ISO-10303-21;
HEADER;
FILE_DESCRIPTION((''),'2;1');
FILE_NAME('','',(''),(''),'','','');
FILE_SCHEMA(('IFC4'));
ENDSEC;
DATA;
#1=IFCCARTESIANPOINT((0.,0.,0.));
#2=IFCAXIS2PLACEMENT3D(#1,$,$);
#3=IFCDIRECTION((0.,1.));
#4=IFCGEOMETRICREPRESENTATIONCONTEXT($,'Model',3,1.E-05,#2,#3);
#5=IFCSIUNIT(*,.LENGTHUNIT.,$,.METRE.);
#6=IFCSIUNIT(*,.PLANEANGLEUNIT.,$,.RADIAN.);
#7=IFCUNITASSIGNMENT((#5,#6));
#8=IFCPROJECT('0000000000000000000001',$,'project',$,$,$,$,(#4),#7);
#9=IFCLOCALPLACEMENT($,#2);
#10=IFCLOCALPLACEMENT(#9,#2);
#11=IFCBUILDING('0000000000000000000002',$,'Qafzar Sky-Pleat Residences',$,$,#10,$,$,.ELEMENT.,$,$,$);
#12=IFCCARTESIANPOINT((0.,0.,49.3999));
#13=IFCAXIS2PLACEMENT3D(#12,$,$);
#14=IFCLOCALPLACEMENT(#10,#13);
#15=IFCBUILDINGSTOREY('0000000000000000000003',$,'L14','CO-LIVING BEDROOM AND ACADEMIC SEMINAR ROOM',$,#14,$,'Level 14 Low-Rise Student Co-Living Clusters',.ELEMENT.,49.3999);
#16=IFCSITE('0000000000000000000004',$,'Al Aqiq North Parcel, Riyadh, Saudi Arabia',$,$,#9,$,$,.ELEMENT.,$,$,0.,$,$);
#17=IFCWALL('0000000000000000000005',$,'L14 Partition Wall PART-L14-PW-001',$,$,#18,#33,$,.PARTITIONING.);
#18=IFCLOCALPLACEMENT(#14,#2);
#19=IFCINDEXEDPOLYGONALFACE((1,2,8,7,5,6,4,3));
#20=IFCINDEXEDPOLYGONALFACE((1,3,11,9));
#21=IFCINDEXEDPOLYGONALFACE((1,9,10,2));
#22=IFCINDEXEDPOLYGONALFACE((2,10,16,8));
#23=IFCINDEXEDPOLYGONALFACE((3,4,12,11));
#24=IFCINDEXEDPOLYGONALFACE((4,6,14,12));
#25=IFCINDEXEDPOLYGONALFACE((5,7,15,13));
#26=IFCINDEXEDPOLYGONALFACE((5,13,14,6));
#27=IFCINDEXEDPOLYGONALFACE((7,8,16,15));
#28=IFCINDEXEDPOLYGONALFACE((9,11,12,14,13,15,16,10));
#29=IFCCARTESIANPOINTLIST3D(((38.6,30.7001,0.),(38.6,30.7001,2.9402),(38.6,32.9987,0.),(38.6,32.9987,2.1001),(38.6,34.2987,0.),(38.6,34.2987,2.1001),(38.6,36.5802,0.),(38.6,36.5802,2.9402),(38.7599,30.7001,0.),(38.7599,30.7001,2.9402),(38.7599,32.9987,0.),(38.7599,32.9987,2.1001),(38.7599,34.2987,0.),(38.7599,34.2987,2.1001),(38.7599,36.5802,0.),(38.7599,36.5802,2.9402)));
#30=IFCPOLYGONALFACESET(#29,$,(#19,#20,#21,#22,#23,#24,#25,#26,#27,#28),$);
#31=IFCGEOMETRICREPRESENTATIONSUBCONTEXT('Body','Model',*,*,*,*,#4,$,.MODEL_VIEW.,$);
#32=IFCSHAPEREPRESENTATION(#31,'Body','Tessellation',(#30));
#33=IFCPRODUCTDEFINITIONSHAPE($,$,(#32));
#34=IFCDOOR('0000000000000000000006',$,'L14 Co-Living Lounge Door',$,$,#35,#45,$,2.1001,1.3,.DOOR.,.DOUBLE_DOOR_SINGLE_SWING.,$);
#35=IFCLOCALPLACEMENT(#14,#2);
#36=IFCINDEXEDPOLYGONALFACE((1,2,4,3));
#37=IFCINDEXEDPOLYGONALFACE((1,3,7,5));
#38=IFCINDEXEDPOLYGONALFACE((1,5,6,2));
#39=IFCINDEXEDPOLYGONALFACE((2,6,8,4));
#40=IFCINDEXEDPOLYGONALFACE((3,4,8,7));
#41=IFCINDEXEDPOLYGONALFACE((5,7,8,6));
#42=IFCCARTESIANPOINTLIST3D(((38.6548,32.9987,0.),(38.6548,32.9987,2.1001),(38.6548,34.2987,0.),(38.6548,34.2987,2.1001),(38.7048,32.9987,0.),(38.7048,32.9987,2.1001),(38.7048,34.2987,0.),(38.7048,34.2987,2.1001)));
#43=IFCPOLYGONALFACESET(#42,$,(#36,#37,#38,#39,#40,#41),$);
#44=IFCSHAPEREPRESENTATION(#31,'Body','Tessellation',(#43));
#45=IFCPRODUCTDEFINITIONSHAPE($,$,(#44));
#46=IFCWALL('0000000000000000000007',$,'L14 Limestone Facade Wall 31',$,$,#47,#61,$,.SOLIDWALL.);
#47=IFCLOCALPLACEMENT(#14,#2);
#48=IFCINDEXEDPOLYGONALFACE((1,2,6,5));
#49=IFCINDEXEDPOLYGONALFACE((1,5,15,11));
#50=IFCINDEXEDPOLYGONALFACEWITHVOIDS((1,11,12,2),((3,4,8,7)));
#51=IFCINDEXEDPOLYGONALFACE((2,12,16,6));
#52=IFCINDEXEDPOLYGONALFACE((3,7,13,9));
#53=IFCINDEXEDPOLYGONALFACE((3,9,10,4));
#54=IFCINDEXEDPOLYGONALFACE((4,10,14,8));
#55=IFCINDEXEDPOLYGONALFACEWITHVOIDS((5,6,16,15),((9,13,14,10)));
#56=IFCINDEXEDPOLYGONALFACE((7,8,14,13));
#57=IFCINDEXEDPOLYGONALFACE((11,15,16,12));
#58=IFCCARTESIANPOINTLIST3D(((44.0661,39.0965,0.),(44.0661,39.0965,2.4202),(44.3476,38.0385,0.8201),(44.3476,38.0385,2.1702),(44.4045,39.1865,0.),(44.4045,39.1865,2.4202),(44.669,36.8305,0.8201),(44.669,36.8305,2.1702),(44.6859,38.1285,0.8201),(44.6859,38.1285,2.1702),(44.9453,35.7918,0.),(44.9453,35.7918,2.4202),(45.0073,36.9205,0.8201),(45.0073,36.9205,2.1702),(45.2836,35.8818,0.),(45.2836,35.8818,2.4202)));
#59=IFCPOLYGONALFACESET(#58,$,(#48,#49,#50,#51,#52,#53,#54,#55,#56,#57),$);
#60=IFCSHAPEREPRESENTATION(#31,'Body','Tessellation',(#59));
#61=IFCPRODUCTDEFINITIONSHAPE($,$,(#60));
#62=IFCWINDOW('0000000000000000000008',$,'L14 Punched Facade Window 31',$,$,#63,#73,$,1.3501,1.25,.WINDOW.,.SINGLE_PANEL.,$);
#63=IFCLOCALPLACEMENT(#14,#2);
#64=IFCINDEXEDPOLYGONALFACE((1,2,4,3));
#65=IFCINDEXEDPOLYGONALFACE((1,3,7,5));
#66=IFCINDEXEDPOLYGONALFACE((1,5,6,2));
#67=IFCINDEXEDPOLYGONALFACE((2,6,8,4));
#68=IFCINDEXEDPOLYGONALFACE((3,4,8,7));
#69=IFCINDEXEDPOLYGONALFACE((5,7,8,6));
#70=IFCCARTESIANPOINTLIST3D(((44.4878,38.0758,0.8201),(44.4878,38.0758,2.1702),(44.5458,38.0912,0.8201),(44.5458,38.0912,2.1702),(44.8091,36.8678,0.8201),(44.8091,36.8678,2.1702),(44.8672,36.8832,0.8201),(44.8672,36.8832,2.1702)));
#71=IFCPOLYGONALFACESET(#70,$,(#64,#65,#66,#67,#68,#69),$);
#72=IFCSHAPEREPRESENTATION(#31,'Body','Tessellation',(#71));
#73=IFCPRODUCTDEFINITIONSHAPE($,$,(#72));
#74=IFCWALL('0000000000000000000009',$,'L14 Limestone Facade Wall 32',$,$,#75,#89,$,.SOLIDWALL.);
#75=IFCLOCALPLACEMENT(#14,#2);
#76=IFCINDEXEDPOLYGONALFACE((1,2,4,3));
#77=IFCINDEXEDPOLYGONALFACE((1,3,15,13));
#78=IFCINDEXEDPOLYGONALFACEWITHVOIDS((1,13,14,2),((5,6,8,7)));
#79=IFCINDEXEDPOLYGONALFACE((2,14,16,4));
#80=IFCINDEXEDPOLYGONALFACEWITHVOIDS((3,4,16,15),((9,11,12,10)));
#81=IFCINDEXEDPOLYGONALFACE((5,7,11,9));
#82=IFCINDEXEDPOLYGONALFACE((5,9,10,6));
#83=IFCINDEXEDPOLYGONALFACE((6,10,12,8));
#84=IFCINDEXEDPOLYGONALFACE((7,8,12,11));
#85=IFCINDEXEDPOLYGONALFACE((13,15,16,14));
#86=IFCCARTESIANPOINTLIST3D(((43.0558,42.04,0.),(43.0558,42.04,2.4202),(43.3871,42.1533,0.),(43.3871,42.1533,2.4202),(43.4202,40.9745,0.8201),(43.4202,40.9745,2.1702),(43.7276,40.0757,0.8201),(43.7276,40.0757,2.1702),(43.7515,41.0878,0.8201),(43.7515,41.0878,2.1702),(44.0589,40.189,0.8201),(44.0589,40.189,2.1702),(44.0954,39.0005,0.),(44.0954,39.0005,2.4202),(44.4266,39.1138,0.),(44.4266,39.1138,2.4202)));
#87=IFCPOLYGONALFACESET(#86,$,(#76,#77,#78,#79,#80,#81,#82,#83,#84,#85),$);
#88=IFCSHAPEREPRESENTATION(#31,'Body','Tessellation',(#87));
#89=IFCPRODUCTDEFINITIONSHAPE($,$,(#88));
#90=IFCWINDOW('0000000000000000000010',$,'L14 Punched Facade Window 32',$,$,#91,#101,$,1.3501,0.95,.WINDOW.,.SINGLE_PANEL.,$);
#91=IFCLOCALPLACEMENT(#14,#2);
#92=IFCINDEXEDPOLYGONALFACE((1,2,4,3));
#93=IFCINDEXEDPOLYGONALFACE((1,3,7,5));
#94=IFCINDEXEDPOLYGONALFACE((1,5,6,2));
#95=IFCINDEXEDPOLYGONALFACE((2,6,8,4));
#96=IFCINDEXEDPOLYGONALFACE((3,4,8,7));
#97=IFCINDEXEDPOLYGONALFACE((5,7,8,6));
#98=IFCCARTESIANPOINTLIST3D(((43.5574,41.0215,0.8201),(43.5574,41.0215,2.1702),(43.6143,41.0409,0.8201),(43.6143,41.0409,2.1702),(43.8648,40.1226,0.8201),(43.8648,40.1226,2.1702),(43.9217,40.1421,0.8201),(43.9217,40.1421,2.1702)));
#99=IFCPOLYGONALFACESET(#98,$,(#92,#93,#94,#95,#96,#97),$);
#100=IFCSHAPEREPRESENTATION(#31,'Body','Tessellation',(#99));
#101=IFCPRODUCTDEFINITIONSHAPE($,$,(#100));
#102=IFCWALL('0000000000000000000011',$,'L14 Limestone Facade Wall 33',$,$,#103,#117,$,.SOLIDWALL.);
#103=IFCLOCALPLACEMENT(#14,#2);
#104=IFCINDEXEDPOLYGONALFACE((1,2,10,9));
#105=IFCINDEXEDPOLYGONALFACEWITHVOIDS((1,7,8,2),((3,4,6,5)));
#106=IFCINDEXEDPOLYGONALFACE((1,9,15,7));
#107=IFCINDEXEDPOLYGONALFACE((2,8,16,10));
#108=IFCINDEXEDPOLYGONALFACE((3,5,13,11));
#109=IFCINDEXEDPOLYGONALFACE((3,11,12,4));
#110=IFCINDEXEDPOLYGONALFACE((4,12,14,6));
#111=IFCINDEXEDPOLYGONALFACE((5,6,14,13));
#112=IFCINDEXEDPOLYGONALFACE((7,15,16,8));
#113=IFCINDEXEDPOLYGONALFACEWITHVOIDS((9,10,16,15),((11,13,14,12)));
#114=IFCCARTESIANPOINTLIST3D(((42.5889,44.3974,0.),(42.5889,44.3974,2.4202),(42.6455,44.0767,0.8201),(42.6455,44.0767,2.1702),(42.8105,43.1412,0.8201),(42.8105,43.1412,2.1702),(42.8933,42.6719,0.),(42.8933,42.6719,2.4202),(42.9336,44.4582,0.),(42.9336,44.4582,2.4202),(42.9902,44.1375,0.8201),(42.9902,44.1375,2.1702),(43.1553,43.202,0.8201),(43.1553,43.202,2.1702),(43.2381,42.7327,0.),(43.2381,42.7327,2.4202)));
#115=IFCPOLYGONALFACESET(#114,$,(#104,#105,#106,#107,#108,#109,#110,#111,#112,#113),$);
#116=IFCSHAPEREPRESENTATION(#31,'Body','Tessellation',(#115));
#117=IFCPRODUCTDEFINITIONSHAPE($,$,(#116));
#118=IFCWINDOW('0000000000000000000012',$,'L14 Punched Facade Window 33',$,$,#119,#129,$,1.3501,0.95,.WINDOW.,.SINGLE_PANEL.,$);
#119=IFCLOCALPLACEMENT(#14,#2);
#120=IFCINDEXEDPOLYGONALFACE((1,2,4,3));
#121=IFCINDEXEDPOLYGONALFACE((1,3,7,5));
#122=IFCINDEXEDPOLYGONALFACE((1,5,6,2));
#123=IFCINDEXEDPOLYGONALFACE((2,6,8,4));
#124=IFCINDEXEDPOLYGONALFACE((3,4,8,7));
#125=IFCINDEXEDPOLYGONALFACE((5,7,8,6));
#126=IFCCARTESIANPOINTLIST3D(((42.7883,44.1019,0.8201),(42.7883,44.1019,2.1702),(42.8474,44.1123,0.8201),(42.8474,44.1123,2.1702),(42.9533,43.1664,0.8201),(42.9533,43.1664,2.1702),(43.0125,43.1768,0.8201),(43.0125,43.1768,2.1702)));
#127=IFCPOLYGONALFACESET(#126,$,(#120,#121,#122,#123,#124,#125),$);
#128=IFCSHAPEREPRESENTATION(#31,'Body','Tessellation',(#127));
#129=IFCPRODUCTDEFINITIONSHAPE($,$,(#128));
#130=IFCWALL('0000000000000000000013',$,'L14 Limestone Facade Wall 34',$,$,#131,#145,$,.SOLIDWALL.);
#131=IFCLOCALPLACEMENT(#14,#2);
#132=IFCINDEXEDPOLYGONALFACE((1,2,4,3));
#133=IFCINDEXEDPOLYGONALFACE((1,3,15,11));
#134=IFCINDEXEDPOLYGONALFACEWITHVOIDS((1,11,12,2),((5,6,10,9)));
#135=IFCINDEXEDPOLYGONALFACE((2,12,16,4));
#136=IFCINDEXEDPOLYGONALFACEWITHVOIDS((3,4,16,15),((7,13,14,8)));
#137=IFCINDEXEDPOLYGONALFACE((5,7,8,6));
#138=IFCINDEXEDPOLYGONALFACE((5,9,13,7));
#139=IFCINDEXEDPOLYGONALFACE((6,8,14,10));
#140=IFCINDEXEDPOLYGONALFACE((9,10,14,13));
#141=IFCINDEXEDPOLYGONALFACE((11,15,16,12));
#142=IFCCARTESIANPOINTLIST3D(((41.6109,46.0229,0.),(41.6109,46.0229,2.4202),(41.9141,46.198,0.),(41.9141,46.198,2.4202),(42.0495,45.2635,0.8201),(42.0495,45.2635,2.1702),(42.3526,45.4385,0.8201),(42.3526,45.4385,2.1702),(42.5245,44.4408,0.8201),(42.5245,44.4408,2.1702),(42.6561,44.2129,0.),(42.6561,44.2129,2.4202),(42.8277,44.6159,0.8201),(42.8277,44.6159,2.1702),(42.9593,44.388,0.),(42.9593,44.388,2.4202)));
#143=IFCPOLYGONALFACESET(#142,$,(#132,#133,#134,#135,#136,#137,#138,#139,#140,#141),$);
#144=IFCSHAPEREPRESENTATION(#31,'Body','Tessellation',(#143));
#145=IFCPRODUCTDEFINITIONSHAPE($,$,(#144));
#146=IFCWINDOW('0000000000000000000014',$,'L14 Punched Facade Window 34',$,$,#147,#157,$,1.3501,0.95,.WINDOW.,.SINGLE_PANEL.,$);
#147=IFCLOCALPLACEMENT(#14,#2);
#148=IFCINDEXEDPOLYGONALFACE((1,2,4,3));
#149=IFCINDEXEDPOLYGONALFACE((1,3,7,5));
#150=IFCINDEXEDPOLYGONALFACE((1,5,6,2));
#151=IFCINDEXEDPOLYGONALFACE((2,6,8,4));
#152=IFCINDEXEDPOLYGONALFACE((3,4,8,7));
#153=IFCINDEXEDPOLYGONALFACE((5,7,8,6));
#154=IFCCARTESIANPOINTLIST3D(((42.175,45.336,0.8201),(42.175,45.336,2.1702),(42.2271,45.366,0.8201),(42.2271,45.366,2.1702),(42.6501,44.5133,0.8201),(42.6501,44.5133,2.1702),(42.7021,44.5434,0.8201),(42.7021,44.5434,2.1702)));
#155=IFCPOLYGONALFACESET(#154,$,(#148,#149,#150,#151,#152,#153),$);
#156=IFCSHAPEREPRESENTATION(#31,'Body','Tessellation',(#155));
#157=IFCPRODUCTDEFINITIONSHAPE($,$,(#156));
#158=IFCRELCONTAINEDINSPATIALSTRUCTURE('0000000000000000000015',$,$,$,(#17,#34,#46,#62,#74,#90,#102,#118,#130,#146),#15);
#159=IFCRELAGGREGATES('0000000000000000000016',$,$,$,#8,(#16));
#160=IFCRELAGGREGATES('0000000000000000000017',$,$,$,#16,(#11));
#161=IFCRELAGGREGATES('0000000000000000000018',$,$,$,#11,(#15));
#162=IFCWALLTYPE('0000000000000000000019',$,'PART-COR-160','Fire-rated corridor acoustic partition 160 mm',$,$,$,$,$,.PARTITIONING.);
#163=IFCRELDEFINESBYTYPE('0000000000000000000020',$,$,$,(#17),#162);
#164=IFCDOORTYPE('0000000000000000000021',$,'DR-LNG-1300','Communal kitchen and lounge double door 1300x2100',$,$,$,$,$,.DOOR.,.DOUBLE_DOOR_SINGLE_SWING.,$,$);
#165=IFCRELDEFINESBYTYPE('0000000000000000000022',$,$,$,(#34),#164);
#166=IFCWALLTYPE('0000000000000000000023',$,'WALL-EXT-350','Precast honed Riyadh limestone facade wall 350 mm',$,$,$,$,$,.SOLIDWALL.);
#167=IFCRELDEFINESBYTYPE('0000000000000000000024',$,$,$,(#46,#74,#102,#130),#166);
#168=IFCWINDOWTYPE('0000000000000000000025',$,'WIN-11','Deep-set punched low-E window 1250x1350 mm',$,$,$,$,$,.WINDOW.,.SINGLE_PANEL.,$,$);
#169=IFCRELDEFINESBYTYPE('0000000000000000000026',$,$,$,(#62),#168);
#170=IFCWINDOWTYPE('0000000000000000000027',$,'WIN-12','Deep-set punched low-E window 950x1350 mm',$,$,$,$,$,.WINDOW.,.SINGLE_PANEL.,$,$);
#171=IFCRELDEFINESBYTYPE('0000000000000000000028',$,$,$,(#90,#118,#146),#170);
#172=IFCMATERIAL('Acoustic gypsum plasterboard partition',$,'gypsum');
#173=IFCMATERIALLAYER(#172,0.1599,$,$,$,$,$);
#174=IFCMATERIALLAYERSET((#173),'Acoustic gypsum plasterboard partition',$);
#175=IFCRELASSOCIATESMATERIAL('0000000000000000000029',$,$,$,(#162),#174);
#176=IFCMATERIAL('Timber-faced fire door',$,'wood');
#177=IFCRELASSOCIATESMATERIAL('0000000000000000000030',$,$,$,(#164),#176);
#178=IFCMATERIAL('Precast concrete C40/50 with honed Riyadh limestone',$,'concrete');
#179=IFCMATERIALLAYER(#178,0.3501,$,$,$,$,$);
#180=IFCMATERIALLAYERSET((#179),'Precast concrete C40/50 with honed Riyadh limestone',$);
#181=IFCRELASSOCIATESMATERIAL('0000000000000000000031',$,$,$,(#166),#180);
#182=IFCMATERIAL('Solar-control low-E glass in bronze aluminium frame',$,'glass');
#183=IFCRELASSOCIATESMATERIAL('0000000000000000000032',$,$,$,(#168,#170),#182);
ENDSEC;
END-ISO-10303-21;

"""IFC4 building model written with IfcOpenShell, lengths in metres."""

from ifc_helpers import new_model, si_unit, direction, frame, frame_2d, origin, place, context, subcontext, project, spatial, rectangle, extrude, source, transform, mapped, material, layer, layer_set, type_object, element, fill, save


model = new_model("IFC4")

# Units and contexts
model_context = context("Model", 3, precision=1e-05, world=origin(), true_north=direction((0.0, 1.0)))
body_context = subcontext(model_context, "Body", "Model", "MODEL_VIEW")
ifc_project = project(units=[si_unit("LENGTHUNIT", "METRE"), si_unit("PLANEANGLEUNIT", "RADIAN")], contexts=[model_context])

# Site, building, storey
site_placement = place(None, origin())
site = spatial("IfcSite", under=ifc_project, at=site_placement, Name="Al Aqiq North Parcel, Riyadh, Saudi Arabia", CompositionType="ELEMENT", RefElevation=0.0)
building_placement = place(site_placement, origin())
building = spatial("IfcBuilding", under=site, at=building_placement, Name="Qafzar Sky-Pleat Residences", CompositionType="ELEMENT")
storey_placement = place(building_placement, frame((0.0, 0.0, 49.3999)))
storey = spatial("IfcBuildingStorey", under=building, at=storey_placement, Name="L14", Description="CO-LIVING BEDROOM AND ACADEMIC SEMINAR ROOM", LongName="Level 14 Low-Rise Student Co-Living Clusters", CompositionType="ELEMENT", Elevation=49.3999)

# Wall, opening, door
ifc_material_1 = material(Name="Acoustic gypsum plasterboard partition", Category="gypsum")
ifc_layer_1 = layer(ifc_material_1, 0.1599)
ifc_layer_set_1 = layer_set([ifc_layer_1], Name="Acoustic gypsum plasterboard partition")
wall_type_1 = type_object("IfcWallType", Name="PART-COR-160", Description="Fire-rated corridor acoustic partition 160 mm", PredefinedType="PARTITIONING", material=ifc_layer_set_1)
wall_1_placement = place(storey_placement, frame((38.6799, 36.5801, 0.0), z_axis=(0.0, 0.0, 1.0), x_axis=(0.0, -1.0, 0.0)))
wall_1 = element("IfcWall", 1, at=wall_1_placement, inside=storey, type_object=wall_type_1, Name="L14 Partition Wall PART-L14-PW-001", PredefinedType="PARTITIONING", context=body_context, shape_type="SweptSolid", body=[
    extrude(rectangle(XDim=5.8801, YDim=0.1599, at=frame_2d((2.9399, 0.0))), origin(), (0.0, 0.0, 1.0), 2.9402),
])
opening_1_placement = place(wall_1_placement, frame((2.2815, 0.0, 0.0)))
opening_1 = element("IfcOpeningElement", 2, at=opening_1_placement, cuts=wall_1, PredefinedType="OPENING", context=body_context, shape_type="SweptSolid", body=[
    extrude(rectangle(XDim=1.3, YDim=2.1001, at=frame_2d((0.6499, 1.05))), frame((0.0, 0.0898, 0.0), z_axis=(0.0, -1.0, 0.0), x_axis=(1.0, 0.0, 0.0)), (0.0, 0.0, 1.0), 0.1799),
])
ifc_material_2 = material(Name="Timber-faced fire door", Category="wood")
door_type = type_object("IfcDoorType", Name="DR-LNG-1300", Description="Communal kitchen and lounge double door 1300x2100", OperationType="DOUBLE_DOOR_SINGLE_SWING", PredefinedType="DOOR", material=ifc_material_2)
shared_shape_1 = source(origin(), body_context, "Body", "SweptSolid", [
    extrude(rectangle(XDim=1.3, YDim=2.1001, at=frame_2d((0.6499, 1.05))), frame((0.0, 0.0249, 0.0), z_axis=(0.0, -1.0, 0.0), x_axis=(1.0, 0.0, 0.0)), (0.0, 0.0, 1.0), 0.05),
])
door_placement = place(opening_1_placement, origin())
door = element("IfcDoor", 3, at=door_placement, inside=storey, type_object=door_type, Name="L14 Co-Living Lounge Door", OperationType="DOUBLE_DOOR_SINGLE_SWING", OverallHeight=2.1001, OverallWidth=1.3, PredefinedType="DOOR", context=body_context, shape_type="MappedRepresentation", body=[
    mapped(shared_shape_1, transform((0.0, 0.0, 0.0), x_axis=(1.0, 0.0, 0.0), y_axis=(0.0, 1.0, 0.0), z_axis=(0.0, 0.0, 1.0), scale=1.0)),
])
fill(opening_1, door)

# Walls, openings, windows
ifc_material_3 = material(Name="Precast concrete C40/50 with honed Riyadh limestone", Category="concrete")
ifc_layer_2 = layer(ifc_material_3, 0.3501)
ifc_layer_set_2 = layer_set([ifc_layer_2], Name="Precast concrete C40/50 with honed Riyadh limestone")
wall_type_2 = type_object("IfcWallType", Name="WALL-EXT-350", Description="Precast honed Riyadh limestone facade wall 350 mm", PredefinedType="SOLIDWALL", material=ifc_layer_set_2)
wall_2_placement = place(storey_placement, frame((45.1145, 35.8367, 0.0), z_axis=(0.0, 0.0, 1.0), x_axis=(-0.257089, 0.966388, 0.0)))
wall_2 = element("IfcWall", 4, at=wall_2_placement, inside=storey, type_object=wall_type_2, Name="L14 Limestone Facade Wall 31", PredefinedType="SOLIDWALL", context=body_context, shape_type="SweptSolid", body=[
    extrude(rectangle(XDim=3.4197, YDim=0.3501, at=frame_2d((1.71, 0.0))), origin(), (0.0, 0.0, 1.0), 2.4202),
])
opening_2_placement = place(wall_2_placement, frame((1.075, 0.0, 0.8201)))
opening_2 = element("IfcOpeningElement", 5, at=opening_2_placement, cuts=wall_2, PredefinedType="OPENING", context=body_context, shape_type="SweptSolid", body=[
    extrude(rectangle(XDim=1.25, YDim=1.3501, at=frame_2d((0.625, 0.675))), frame((0.0, 0.1851, 0.0), z_axis=(0.0, -1.0, 0.0), x_axis=(1.0, 0.0, 0.0)), (0.0, 0.0, 1.0), 0.3701),
])
ifc_material_4 = material(Name="Solar-control low-E glass in bronze aluminium frame", Category="glass")
window_type_1 = type_object("IfcWindowType", Name="WIN-11", Description="Deep-set punched low-E window 1250x1350 mm", PartitioningType="SINGLE_PANEL", PredefinedType="WINDOW", material=ifc_material_4)
shared_shape_2 = source(origin(), body_context, "Body", "SweptSolid", [
    extrude(rectangle(XDim=1.25, YDim=1.3501, at=frame_2d((0.625, 0.675))), frame((0.0, 0.03, 0.0), z_axis=(0.0, -1.0, 0.0), x_axis=(1.0, 0.0, 0.0)), (0.0, 0.0, 1.0), 0.0601),
])
window_1_placement = place(opening_2_placement, origin())
window_1 = element("IfcWindow", 6, at=window_1_placement, inside=storey, type_object=window_type_1, Name="L14 Punched Facade Window 31", OverallHeight=1.3501, OverallWidth=1.25, PartitioningType="SINGLE_PANEL", PredefinedType="WINDOW", context=body_context, shape_type="MappedRepresentation", body=[
    mapped(shared_shape_2, transform((0.0, 0.0, 0.0), x_axis=(1.0, 0.0, 0.0), y_axis=(0.0, 1.0, 0.0), z_axis=(0.0, 0.0, 1.0), scale=1.0)),
])
fill(opening_2, window_1)
wall_3_placement = place(storey_placement, frame((44.261, 39.0571, 0.0), z_axis=(0.0, 0.0, 1.0), x_axis=(-0.323605, 0.946192, 0.0)))
wall_3 = element("IfcWall", 7, at=wall_3_placement, inside=storey, type_object=wall_type_2, Name="L14 Limestone Facade Wall 32", PredefinedType="SOLIDWALL", context=body_context, shape_type="SweptSolid", body=[
    extrude(rectangle(XDim=3.2124, YDim=0.3501, at=frame_2d((1.6062, 0.0))), origin(), (0.0, 0.0, 1.0), 2.4202),
])
opening_3_placement = place(wall_3_placement, frame((1.1362, 0.0, 0.8201)))
opening_3 = element("IfcOpeningElement", 8, at=opening_3_placement, cuts=wall_3, PredefinedType="OPENING", context=body_context, shape_type="SweptSolid", body=[
    extrude(rectangle(XDim=0.95, YDim=1.3501, at=frame_2d((0.4751, 0.675))), frame((0.0, 0.1851, 0.0), z_axis=(0.0, -1.0, 0.0), x_axis=(1.0, 0.0, 0.0)), (0.0, 0.0, 1.0), 0.3701),
])
window_type_2 = type_object("IfcWindowType", Name="WIN-12", Description="Deep-set punched low-E window 950x1350 mm", PartitioningType="SINGLE_PANEL", PredefinedType="WINDOW", material=ifc_material_4)
shared_shape_3 = source(origin(), body_context, "Body", "SweptSolid", [
    extrude(rectangle(XDim=0.95, YDim=1.3501, at=frame_2d((0.4751, 0.675))), frame((0.0, 0.03, 0.0), z_axis=(0.0, -1.0, 0.0), x_axis=(1.0, 0.0, 0.0)), (0.0, 0.0, 1.0), 0.0601),
])
window_2_placement = place(opening_3_placement, origin())
window_2 = element("IfcWindow", 9, at=window_2_placement, inside=storey, type_object=window_type_2, Name="L14 Punched Facade Window 32", OverallHeight=1.3501, OverallWidth=0.95, PartitioningType="SINGLE_PANEL", PredefinedType="WINDOW", context=body_context, shape_type="MappedRepresentation", body=[
    mapped(shared_shape_3, transform((0.0, 0.0, 0.0), x_axis=(1.0, 0.0, 0.0), y_axis=(0.0, 1.0, 0.0), z_axis=(0.0, 0.0, 1.0), scale=1.0)),
])
fill(opening_3, window_2)
wall_4_placement = place(storey_placement, frame((43.0657, 42.7024, 0.0), z_axis=(0.0, 0.0, 1.0), x_axis=(-0.173746, 0.984791, 0.0)))
wall_4 = element("IfcWall", 10, at=wall_4_placement, inside=storey, type_object=wall_type_2, Name="L14 Limestone Facade Wall 33", PredefinedType="SOLIDWALL", context=body_context, shape_type="SweptSolid", body=[
    extrude(rectangle(XDim=1.7522, YDim=0.3501, at=frame_2d((0.876, 0.0))), origin(), (0.0, 0.0, 1.0), 2.4202),
])
opening_4_placement = place(wall_4_placement, frame((0.4763, 0.0, 0.8201)))
opening_4 = element("IfcOpeningElement", 11, at=opening_4_placement, cuts=wall_4, PredefinedType="OPENING", context=body_context, shape_type="SweptSolid", body=[
    extrude(rectangle(XDim=0.95, YDim=1.3501, at=frame_2d((0.4751, 0.675))), frame((0.0, 0.1851, 0.0), z_axis=(0.0, -1.0, 0.0), x_axis=(1.0, 0.0, 0.0)), (0.0, 0.0, 1.0), 0.3701),
])
window_3_placement = place(opening_4_placement, origin())
window_3 = element("IfcWindow", 12, at=window_3_placement, inside=storey, type_object=window_type_2, Name="L14 Punched Facade Window 33", OverallHeight=1.3501, OverallWidth=0.95, PartitioningType="SINGLE_PANEL", PredefinedType="WINDOW", context=body_context, shape_type="MappedRepresentation", body=[
    mapped(shared_shape_3, transform((0.0, 0.0, 0.0), x_axis=(1.0, 0.0, 0.0), y_axis=(0.0, 1.0, 0.0), z_axis=(0.0, 0.0, 1.0), scale=1.0)),
])
fill(opening_4, window_3)
wall_5_placement = place(storey_placement, frame((42.8076, 44.3005, 0.0), z_axis=(0.0, 0.0, 1.0), x_axis=(-0.500046, 0.865999, 0.0)))
wall_5 = element("IfcWall", 13, at=wall_5_placement, inside=storey, type_object=wall_type_2, Name="L14 Limestone Facade Wall 34", PredefinedType="SOLIDWALL", context=body_context, shape_type="SweptSolid", body=[
    extrude(rectangle(XDim=2.0901, YDim=0.3501, at=frame_2d((1.0449, 0.0))), origin(), (0.0, 0.0, 1.0), 2.4202),
])
opening_5_placement = place(wall_5_placement, frame((0.2629, 0.0, 0.8201)))
opening_5 = element("IfcOpeningElement", 14, at=opening_5_placement, cuts=wall_5, PredefinedType="OPENING", context=body_context, shape_type="SweptSolid", body=[
    extrude(rectangle(XDim=0.95, YDim=1.3501, at=frame_2d((0.4751, 0.675))), frame((0.0, 0.1851, 0.0), z_axis=(0.0, -1.0, 0.0), x_axis=(1.0, 0.0, 0.0)), (0.0, 0.0, 1.0), 0.3701),
])
window_4_placement = place(opening_5_placement, origin())
window_4 = element("IfcWindow", 15, at=window_4_placement, inside=storey, type_object=window_type_2, Name="L14 Punched Facade Window 34", OverallHeight=1.3501, OverallWidth=0.95, PartitioningType="SINGLE_PANEL", PredefinedType="WINDOW", context=body_context, shape_type="MappedRepresentation", body=[
    mapped(shared_shape_3, transform((0.0, 0.0, 0.0), x_axis=(1.0, 0.0, 0.0), y_axis=(0.0, 1.0, 0.0), z_axis=(0.0, 0.0, 1.0), scale=1.0)),
])
fill(opening_5, window_4)

save(model, "model.ifc")
